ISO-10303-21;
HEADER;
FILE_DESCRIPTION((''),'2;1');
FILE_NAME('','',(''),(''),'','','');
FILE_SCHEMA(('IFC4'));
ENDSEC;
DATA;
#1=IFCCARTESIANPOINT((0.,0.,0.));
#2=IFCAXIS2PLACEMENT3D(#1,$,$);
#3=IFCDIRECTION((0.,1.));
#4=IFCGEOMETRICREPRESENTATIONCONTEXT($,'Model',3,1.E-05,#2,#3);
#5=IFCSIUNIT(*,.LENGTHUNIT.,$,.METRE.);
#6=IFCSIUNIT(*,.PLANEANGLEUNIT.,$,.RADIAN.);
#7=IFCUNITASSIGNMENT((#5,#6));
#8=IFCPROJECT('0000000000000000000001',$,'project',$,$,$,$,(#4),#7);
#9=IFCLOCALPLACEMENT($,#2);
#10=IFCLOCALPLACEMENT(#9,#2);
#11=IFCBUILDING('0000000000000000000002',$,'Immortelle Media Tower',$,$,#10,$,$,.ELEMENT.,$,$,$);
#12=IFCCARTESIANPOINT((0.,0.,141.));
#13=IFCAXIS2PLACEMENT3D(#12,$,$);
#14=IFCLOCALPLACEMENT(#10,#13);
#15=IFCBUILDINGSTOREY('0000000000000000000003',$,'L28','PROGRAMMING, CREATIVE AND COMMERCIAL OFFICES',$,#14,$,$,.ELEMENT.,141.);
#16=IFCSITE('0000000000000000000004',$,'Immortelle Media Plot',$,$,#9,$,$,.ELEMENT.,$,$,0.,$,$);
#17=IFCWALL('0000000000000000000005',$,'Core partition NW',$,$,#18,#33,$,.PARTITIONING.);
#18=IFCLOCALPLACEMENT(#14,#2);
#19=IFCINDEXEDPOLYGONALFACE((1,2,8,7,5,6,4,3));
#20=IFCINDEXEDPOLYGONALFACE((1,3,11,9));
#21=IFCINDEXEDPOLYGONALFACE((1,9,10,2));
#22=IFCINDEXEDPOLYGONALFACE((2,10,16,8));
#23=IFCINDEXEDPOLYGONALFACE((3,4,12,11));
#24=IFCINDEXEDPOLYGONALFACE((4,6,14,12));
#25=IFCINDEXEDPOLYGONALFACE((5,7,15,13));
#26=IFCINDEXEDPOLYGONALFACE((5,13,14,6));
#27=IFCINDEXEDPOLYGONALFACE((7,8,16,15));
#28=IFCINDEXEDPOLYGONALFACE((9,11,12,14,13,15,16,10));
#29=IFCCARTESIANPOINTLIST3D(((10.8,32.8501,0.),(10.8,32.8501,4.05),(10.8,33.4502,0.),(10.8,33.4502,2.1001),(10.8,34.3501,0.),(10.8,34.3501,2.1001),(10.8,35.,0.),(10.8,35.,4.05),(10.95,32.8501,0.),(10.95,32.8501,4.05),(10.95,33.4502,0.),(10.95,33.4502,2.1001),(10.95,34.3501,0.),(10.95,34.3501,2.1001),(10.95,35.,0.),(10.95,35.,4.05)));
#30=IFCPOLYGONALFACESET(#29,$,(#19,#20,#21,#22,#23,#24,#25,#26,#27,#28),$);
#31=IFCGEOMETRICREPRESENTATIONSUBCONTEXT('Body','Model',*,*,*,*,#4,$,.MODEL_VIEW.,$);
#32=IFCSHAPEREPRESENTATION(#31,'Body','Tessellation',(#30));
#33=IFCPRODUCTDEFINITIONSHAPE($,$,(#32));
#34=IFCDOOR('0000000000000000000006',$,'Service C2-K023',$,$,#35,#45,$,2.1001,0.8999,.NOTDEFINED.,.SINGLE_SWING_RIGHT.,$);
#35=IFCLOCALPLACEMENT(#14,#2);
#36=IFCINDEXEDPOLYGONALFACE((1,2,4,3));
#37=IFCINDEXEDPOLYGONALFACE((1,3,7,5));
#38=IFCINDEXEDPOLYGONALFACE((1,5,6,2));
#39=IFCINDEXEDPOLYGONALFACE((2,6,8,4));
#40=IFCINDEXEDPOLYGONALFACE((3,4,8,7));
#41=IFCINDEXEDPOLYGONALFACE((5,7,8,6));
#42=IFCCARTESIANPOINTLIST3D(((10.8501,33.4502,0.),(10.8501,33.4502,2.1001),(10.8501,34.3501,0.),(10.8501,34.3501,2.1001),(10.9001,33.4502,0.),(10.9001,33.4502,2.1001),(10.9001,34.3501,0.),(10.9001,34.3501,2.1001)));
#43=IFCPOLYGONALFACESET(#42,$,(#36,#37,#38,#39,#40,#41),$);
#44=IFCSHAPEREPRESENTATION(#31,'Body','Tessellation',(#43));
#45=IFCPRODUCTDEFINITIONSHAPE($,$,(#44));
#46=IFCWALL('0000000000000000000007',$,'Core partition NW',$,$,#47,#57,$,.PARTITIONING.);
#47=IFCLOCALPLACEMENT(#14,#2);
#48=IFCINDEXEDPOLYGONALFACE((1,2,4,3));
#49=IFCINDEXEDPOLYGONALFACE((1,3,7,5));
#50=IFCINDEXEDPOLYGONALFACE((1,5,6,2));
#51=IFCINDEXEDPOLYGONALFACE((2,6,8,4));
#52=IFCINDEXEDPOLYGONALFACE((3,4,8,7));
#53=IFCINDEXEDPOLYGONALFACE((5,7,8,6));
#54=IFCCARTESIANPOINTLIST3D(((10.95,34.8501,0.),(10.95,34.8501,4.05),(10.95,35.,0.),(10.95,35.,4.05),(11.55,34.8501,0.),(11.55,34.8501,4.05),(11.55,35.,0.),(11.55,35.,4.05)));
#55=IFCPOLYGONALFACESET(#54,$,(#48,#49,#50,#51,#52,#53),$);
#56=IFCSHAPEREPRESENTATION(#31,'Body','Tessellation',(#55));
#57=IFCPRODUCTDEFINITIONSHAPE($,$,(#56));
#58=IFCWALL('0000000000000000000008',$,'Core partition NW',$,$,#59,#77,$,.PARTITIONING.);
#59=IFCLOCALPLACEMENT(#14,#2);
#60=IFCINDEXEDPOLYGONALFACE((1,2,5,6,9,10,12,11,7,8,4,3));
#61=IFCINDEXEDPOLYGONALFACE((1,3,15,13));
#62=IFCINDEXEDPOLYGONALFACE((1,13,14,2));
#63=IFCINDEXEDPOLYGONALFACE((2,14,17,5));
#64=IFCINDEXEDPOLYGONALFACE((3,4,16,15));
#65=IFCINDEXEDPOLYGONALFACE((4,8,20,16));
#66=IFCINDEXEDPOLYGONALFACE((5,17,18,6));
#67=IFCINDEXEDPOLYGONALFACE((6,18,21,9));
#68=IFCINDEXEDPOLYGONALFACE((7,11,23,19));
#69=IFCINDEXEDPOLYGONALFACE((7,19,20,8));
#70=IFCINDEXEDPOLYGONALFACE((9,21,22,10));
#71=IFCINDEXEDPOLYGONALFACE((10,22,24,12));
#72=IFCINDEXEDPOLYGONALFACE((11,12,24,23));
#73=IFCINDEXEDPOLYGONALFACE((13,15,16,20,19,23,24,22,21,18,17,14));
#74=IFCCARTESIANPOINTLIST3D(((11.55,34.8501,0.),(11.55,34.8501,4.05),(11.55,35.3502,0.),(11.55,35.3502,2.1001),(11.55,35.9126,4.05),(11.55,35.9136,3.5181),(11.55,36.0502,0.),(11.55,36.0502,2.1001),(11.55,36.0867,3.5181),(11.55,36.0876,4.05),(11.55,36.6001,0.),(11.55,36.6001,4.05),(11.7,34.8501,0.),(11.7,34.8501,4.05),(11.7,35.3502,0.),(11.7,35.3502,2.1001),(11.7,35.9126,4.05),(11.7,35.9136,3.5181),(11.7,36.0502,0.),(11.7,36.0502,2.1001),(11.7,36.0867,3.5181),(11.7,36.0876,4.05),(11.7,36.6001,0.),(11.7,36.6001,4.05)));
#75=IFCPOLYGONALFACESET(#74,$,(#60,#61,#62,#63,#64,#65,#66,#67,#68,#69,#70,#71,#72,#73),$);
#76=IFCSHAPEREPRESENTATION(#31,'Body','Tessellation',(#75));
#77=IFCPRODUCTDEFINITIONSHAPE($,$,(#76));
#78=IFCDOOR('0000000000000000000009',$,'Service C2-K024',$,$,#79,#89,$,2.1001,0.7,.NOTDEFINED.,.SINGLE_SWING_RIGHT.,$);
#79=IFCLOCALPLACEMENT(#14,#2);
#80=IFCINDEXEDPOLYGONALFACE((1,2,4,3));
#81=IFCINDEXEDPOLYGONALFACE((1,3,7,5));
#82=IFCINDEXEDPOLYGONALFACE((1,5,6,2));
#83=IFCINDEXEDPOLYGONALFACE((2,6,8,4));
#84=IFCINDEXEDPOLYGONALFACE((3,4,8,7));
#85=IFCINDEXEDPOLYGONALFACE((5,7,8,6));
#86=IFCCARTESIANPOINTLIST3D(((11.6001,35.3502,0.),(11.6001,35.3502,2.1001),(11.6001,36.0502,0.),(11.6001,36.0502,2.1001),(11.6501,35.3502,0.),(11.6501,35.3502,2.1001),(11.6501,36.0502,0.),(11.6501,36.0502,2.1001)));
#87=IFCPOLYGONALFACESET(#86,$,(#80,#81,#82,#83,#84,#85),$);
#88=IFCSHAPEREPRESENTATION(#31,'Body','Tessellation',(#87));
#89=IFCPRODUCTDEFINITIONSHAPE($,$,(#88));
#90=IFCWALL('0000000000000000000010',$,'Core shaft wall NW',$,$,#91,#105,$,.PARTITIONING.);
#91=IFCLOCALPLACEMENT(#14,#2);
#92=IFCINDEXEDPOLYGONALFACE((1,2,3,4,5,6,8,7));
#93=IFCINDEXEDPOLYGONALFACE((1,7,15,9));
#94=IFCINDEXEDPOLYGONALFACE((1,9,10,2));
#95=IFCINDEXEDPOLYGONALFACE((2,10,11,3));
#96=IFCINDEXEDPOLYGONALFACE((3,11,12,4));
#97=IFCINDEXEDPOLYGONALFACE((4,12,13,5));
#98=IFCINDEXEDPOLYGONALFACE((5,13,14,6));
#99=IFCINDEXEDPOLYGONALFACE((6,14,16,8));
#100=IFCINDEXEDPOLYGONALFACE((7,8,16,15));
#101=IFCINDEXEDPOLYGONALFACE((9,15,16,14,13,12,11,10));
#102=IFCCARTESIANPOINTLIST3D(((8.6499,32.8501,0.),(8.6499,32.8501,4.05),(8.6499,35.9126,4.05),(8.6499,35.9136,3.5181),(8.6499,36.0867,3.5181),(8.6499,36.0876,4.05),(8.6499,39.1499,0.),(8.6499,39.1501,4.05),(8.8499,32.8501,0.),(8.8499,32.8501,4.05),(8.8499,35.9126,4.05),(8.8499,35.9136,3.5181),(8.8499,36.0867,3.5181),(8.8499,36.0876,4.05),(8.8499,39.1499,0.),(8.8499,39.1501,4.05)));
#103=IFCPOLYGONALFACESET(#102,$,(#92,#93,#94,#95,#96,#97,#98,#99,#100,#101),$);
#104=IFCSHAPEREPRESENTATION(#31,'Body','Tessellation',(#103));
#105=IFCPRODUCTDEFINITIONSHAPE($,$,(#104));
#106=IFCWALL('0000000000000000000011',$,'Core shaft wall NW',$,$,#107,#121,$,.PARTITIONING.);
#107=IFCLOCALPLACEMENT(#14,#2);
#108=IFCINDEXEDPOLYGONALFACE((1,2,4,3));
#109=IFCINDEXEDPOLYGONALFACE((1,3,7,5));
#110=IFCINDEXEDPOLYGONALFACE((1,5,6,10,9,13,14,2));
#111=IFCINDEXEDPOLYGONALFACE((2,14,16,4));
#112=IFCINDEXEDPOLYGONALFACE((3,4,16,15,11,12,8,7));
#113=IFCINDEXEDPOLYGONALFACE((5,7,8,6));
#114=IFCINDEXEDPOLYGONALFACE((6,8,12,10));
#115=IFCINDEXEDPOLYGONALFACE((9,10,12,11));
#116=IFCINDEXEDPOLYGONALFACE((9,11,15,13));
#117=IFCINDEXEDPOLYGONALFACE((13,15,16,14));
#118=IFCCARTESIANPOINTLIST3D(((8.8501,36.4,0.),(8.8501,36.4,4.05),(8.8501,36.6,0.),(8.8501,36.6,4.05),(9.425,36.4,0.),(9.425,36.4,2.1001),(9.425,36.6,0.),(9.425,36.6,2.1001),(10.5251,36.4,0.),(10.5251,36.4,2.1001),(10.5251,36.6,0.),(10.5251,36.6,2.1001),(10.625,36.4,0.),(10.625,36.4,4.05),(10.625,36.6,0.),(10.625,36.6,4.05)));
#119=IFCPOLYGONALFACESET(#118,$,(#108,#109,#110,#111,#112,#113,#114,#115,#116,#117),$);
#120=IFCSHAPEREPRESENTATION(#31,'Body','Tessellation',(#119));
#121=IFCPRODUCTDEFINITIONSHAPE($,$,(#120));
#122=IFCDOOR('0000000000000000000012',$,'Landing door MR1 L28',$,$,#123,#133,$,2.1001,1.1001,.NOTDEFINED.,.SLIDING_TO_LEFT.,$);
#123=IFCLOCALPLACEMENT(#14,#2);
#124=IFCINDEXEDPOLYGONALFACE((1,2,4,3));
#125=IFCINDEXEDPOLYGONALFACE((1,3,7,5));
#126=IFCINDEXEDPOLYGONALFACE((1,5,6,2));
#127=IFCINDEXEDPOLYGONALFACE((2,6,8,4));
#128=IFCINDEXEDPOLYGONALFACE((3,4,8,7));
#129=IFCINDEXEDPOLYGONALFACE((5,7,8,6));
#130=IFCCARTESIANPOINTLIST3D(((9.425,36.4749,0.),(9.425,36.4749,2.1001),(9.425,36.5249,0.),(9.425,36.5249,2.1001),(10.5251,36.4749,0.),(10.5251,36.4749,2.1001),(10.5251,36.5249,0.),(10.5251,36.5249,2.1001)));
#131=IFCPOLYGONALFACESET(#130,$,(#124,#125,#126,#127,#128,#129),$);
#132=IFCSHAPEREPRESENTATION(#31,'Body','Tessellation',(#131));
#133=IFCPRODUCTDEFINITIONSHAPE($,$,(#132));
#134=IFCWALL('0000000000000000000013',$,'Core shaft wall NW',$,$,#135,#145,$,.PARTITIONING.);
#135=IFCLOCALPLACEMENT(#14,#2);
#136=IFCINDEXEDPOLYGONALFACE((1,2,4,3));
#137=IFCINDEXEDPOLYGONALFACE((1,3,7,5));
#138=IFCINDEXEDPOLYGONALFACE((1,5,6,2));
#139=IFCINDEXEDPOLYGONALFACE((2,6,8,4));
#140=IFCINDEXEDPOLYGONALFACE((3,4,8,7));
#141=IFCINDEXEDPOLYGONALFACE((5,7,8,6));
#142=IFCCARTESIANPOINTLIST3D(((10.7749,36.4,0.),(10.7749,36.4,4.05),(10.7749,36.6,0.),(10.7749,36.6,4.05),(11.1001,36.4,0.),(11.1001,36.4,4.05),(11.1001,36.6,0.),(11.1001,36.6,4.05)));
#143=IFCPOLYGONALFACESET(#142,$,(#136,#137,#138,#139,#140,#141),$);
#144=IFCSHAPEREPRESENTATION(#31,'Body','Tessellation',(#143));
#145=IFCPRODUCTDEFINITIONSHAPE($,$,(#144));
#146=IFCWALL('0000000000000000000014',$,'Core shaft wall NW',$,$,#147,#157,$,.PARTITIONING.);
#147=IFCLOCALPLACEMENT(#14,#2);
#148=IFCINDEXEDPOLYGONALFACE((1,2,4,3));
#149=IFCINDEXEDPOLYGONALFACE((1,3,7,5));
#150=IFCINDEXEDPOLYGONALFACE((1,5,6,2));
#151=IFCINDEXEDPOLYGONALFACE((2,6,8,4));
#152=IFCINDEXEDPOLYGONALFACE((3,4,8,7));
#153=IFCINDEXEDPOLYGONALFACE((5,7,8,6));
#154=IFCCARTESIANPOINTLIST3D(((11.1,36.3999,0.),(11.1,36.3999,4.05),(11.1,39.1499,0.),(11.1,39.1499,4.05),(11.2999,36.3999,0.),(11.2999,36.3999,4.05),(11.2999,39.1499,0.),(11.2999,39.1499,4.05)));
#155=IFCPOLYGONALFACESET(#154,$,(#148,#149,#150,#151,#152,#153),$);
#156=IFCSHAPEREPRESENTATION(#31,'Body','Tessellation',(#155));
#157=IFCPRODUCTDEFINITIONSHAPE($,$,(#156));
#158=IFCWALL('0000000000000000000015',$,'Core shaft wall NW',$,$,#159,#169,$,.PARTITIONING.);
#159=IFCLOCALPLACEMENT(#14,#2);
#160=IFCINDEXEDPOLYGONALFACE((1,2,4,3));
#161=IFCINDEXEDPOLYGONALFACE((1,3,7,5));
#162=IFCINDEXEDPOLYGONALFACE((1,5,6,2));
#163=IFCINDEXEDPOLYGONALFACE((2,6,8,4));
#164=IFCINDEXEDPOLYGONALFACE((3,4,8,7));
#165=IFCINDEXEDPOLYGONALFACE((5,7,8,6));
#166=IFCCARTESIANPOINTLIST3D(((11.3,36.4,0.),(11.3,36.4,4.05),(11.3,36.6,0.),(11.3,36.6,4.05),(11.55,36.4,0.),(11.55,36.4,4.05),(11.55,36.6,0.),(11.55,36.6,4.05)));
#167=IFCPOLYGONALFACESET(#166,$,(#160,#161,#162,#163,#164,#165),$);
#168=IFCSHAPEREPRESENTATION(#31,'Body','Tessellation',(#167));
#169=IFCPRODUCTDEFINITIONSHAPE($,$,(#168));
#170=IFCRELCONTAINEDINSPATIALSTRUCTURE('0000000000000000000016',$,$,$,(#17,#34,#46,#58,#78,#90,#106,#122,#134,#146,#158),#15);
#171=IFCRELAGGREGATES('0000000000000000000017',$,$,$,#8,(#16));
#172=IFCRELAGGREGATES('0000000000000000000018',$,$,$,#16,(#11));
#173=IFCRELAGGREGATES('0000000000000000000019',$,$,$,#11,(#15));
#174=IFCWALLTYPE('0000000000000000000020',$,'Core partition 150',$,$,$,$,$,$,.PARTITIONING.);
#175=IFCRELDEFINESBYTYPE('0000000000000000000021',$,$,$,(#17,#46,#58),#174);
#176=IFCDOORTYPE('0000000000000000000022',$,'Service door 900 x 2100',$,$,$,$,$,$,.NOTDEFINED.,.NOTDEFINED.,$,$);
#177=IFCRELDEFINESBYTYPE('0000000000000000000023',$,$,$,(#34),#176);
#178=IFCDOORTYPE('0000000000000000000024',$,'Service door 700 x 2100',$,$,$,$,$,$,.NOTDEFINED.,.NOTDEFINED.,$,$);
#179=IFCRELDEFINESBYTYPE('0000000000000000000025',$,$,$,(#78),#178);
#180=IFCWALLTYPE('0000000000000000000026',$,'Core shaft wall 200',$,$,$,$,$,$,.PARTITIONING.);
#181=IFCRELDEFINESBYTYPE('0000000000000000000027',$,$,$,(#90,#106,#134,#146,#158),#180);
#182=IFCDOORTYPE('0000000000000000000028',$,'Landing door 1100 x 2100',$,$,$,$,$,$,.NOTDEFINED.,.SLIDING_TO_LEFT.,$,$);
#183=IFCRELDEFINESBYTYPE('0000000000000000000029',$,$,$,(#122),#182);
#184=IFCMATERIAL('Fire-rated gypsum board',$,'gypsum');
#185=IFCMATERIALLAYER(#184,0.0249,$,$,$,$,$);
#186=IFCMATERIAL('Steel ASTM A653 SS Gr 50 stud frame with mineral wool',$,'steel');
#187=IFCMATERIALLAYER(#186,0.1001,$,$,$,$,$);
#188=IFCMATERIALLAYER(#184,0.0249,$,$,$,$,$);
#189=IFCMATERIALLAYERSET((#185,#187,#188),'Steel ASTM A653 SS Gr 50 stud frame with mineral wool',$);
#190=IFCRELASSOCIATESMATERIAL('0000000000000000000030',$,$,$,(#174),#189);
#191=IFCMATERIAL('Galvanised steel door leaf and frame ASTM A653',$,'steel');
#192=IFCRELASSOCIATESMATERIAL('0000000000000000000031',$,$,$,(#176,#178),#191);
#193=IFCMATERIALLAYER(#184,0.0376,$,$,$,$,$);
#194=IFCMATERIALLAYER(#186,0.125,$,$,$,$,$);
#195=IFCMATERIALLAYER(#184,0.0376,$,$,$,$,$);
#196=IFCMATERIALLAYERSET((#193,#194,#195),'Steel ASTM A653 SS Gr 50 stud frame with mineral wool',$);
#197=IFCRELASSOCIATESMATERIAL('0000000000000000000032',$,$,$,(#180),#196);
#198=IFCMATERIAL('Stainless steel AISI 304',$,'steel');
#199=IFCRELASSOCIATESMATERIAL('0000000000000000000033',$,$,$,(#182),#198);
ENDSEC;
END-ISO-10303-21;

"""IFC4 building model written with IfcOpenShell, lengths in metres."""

from ifc_helpers import new_model, si_unit, direction, frame, frame_2d, origin, place, context, subcontext, project, spatial, polyline, rectangle, outline, extrude, material, layer, layer_set, type_object, element, fill, save


model = new_model("IFC4")

# Units and contexts
model_context = context("Model", 3, precision=1e-05, world=origin(), true_north=direction((0.0, 1.0)))
body_context = subcontext(model_context, "Body", "Model", "MODEL_VIEW")
ifc_project = project(units=[si_unit("LENGTHUNIT", "METRE"), si_unit("PLANEANGLEUNIT", "RADIAN")], contexts=[model_context])

# Site, building, storey
site_placement = place(None, origin())
site = spatial("IfcSite", under=ifc_project, at=site_placement, Name="Immortelle Media Plot", CompositionType="ELEMENT", RefElevation=0.0)
building_placement = place(site_placement, origin())
building = spatial("IfcBuilding", under=site, at=building_placement, Name="Immortelle Media Tower", CompositionType="ELEMENT")
storey_placement = place(building_placement, frame((0.0, 0.0, 141.0)))
storey = spatial("IfcBuildingStorey", under=building, at=storey_placement, Name="L28", Description="PROGRAMMING, CREATIVE AND COMMERCIAL OFFICES", CompositionType="ELEMENT", Elevation=141.0)

# Shared definitions
ifc_material_1 = material(Name="Fire-rated gypsum board", Category="gypsum")
ifc_layer_1 = layer(ifc_material_1, 0.0249)
ifc_material_2 = material(Name="Steel ASTM A653 SS Gr 50 stud frame with mineral wool", Category="steel")
ifc_layer_2 = layer(ifc_material_2, 0.1001)
ifc_layer_3 = layer(ifc_material_1, 0.0249)
ifc_layer_set_1 = layer_set([ifc_layer_1, ifc_layer_2, ifc_layer_3], Name="Steel ASTM A653 SS Gr 50 stud frame with mineral wool")
wall_type_1 = type_object("IfcWallType", Name="Core partition 150", PredefinedType="PARTITIONING", material=ifc_layer_set_1)

# Wall, opening, door
wall_1_placement = place(storey_placement, frame((10.875, 32.8501, 0.0), z_axis=(0.0, 0.0, 1.0), x_axis=(0.0, 1.0, 0.0)))
wall_1 = element("IfcWall", 1, at=wall_1_placement, inside=storey, type_object=wall_type_1, Name="Core partition NW", PredefinedType="PARTITIONING", context=body_context, shape_type="SweptSolid", body=[
    extrude(rectangle(XDim=2.1499, YDim=0.1499, at=frame_2d((1.075, 0.0))), origin(), (0.0, 0.0, 1.0), 4.05),
])
opening_1_placement = place(wall_1_placement, frame((0.6001, 0.0, 0.0)))
opening_1 = element("IfcOpeningElement", 2, at=opening_1_placement, cuts=wall_1, PredefinedType="OPENING", context=body_context, shape_type="SweptSolid", body=[
    extrude(rectangle(XDim=0.8999, YDim=2.1001, at=frame_2d((0.45, 1.05))), frame((0.0, 0.085, 0.0), z_axis=(0.0, -1.0, 0.0), x_axis=(1.0, 0.0, 0.0)), (0.0, 0.0, 1.0), 0.1699),
])
ifc_material_3 = material(Name="Galvanised steel door leaf and frame ASTM A653", Category="steel")
door_type_1 = type_object("IfcDoorType", Name="Service door 900 x 2100", OperationType="NOTDEFINED", PredefinedType="NOTDEFINED", material=ifc_material_3)
door_1_placement = place(opening_1_placement, origin())
door_1 = element("IfcDoor", 3, at=door_1_placement, inside=storey, type_object=door_type_1, Name="Service C2-K023", OperationType="SINGLE_SWING_RIGHT", OverallHeight=2.1001, OverallWidth=0.8999, PredefinedType="NOTDEFINED", context=body_context, shape_type="SweptSolid", body=[
    extrude(rectangle(XDim=0.8999, YDim=2.1001, at=frame_2d((0.45, 1.05))), frame((0.0, 0.0249, 0.0), z_axis=(0.0, -1.0, 0.0), x_axis=(1.0, 0.0, 0.0)), (0.0, 0.0, 1.0), 0.05),
])
fill(opening_1, door_1)

# Wall
wall_2_placement = place(storey_placement, frame((10.95, 34.925, 0.0), z_axis=(0.0, 0.0, 1.0), x_axis=(1.0, 0.0, 0.0)))
element("IfcWall", 4, at=wall_2_placement, inside=storey, type_object=wall_type_1, Name="Core partition NW", PredefinedType="PARTITIONING", context=body_context, shape_type="SweptSolid", body=[
    extrude(rectangle(XDim=0.6001, YDim=0.1499, at=frame_2d((0.3, 0.0))), origin(), (0.0, 0.0, 1.0), 4.05),
])

# Wall, opening, door
wall_3_placement = place(storey_placement, frame((11.625, 34.8501, 0.0), z_axis=(0.0, 0.0, 1.0), x_axis=(0.0, 1.0, 0.0)))
wall_3 = element("IfcWall", 5, at=wall_3_placement, inside=storey, type_object=wall_type_1, Name="Core partition NW", PredefinedType="PARTITIONING", context=body_context, shape_type="SweptSolid", body=[
    extrude(outline(polyline([(0.0, 0.0), (1.75, 0.0), (1.75, 4.05), (1.2375, 4.05), (1.2366, 3.5181), (1.0635, 3.5181), (1.0625, 4.05), (0.0, 4.05), (0.0, 0.0)])), frame((0.0, 0.075, 0.0), z_axis=(0.0, -1.0, 0.0), x_axis=(1.0, 0.0, 0.0)), (0.0, 0.0, 1.0), 0.1499),
])
opening_2_placement = place(wall_3_placement, frame((0.5, 0.0, 0.0)))
opening_2 = element("IfcOpeningElement", 6, at=opening_2_placement, cuts=wall_3, PredefinedType="OPENING", context=body_context, shape_type="SweptSolid", body=[
    extrude(rectangle(XDim=0.7, YDim=2.1001, at=frame_2d((0.3501, 1.05))), frame((0.0, 0.085, 0.0), z_axis=(0.0, -1.0, 0.0), x_axis=(1.0, 0.0, 0.0)), (0.0, 0.0, 1.0), 0.1699),
])
door_type_2 = type_object("IfcDoorType", Name="Service door 700 x 2100", OperationType="NOTDEFINED", PredefinedType="NOTDEFINED", material=ifc_material_3)
door_2_placement = place(opening_2_placement, origin())
door_2 = element("IfcDoor", 7, at=door_2_placement, inside=storey, type_object=door_type_2, Name="Service C2-K024", OperationType="SINGLE_SWING_RIGHT", OverallHeight=2.1001, OverallWidth=0.7, PredefinedType="NOTDEFINED", context=body_context, shape_type="SweptSolid", body=[
    extrude(rectangle(XDim=0.7, YDim=2.1001, at=frame_2d((0.3501, 1.05))), frame((0.0, 0.0249, 0.0), z_axis=(0.0, -1.0, 0.0), x_axis=(1.0, 0.0, 0.0)), (0.0, 0.0, 1.0), 0.05),
])
fill(opening_2, door_2)

# Wall
ifc_layer_4 = layer(ifc_material_1, 0.0376)
ifc_layer_5 = layer(ifc_material_2, 0.125)
ifc_layer_6 = layer(ifc_material_1, 0.0376)
ifc_layer_set_2 = layer_set([ifc_layer_4, ifc_layer_5, ifc_layer_6], Name="Steel ASTM A653 SS Gr 50 stud frame with mineral wool")
wall_type_2 = type_object("IfcWallType", Name="Core shaft wall 200", PredefinedType="PARTITIONING", material=ifc_layer_set_2)
wall_4_placement = place(storey_placement, frame((8.75, 32.8501, 0.0), z_axis=(0.0, 0.0, 1.0), x_axis=(0.0, 1.0, 0.0)))
element("IfcWall", 8, at=wall_4_placement, inside=storey, type_object=wall_type_2, Name="Core shaft wall NW", PredefinedType="PARTITIONING", context=body_context, shape_type="SweptSolid", body=[
    extrude(outline(polyline([(0.0, 0.0), (6.2998, 0.0), (6.3, 4.05), (3.2375, 4.05), (3.2366, 3.5181), (3.0635, 3.5181), (3.0625, 4.05), (0.0, 4.05), (0.0, 0.0)])), frame((0.0, 0.1001, 0.0), z_axis=(0.0, -1.0, 0.0), x_axis=(1.0, 0.0, 0.0)), (0.0, 0.0, 1.0), 0.2),
])

# Wall, opening, door
wall_5_placement = place(storey_placement, frame((8.8501, 36.5, 0.0), z_axis=(0.0, 0.0, 1.0), x_axis=(1.0, 0.0, 0.0)))
wall_5 = element("IfcWall", 9, at=wall_5_placement, inside=storey, type_object=wall_type_2, Name="Core shaft wall NW", PredefinedType="PARTITIONING", context=body_context, shape_type="SweptSolid", body=[
    extrude(rectangle(XDim=1.7749, YDim=0.2, at=frame_2d((0.8875, 0.0))), origin(), (0.0, 0.0, 1.0), 4.05),
])
opening_3_placement = place(wall_5_placement, frame((0.575, 0.0, 0.0)))
opening_3 = element("IfcOpeningElement", 10, at=opening_3_placement, cuts=wall_5, PredefinedType="OPENING", context=body_context, shape_type="SweptSolid", body=[
    extrude(rectangle(XDim=1.1001, YDim=2.1001, at=frame_2d((0.55, 1.05))), frame((0.0, 0.1099, 0.0), z_axis=(0.0, -1.0, 0.0), x_axis=(1.0, 0.0, 0.0)), (0.0, 0.0, 1.0), 0.22),
])
ifc_material_4 = material(Name="Stainless steel AISI 304", Category="steel")
door_type_3 = type_object("IfcDoorType", Name="Landing door 1100 x 2100", OperationType="SLIDING_TO_LEFT", PredefinedType="NOTDEFINED", material=ifc_material_4)
door_3_placement = place(opening_3_placement, origin())
door_3 = element("IfcDoor", 11, at=door_3_placement, inside=storey, type_object=door_type_3, Name="Landing door MR1 L28", OperationType="SLIDING_TO_LEFT", OverallHeight=2.1001, OverallWidth=1.1001, PredefinedType="NOTDEFINED", context=body_context, shape_type="SweptSolid", body=[
    extrude(rectangle(XDim=1.1001, YDim=2.1001, at=frame_2d((0.55, 1.05))), frame((0.0, 0.0249, 0.0), z_axis=(0.0, -1.0, 0.0), x_axis=(1.0, 0.0, 0.0)), (0.0, 0.0, 1.0), 0.05),
])
fill(opening_3, door_3)

# Walls
wall_6_placement = place(storey_placement, frame((10.7749, 36.5, 0.0), z_axis=(0.0, 0.0, 1.0), x_axis=(1.0, 0.0, 0.0)))
element("IfcWall", 12, at=wall_6_placement, inside=storey, type_object=wall_type_2, Name="Core shaft wall NW", PredefinedType="PARTITIONING", context=body_context, shape_type="SweptSolid", body=[
    extrude(rectangle(XDim=0.3252, YDim=0.2, at=frame_2d((0.1626, 0.0))), origin(), (0.0, 0.0, 1.0), 4.05),
])
wall_7_placement = place(storey_placement, frame((11.2, 36.3999, 0.0), z_axis=(0.0, 0.0, 1.0), x_axis=(0.0, 1.0, 0.0)))
element("IfcWall", 13, at=wall_7_placement, inside=storey, type_object=wall_type_2, Name="Core shaft wall NW", PredefinedType="PARTITIONING", context=body_context, shape_type="SweptSolid", body=[
    extrude(rectangle(XDim=2.75, YDim=0.2, at=frame_2d((1.375, 0.0))), origin(), (0.0, 0.0, 1.0), 4.05),
])
wall_8_placement = place(storey_placement, frame((11.3, 36.5, 0.0), z_axis=(0.0, 0.0, 1.0), x_axis=(1.0, 0.0, 0.0)))
element("IfcWall", 14, at=wall_8_placement, inside=storey, type_object=wall_type_2, Name="Core shaft wall NW", PredefinedType="PARTITIONING", context=body_context, shape_type="SweptSolid", body=[
    extrude(rectangle(XDim=0.25, YDim=0.2, at=frame_2d((0.125, 0.0))), origin(), (0.0, 0.0, 1.0), 4.05),
])

save(model, "model.ifc")
